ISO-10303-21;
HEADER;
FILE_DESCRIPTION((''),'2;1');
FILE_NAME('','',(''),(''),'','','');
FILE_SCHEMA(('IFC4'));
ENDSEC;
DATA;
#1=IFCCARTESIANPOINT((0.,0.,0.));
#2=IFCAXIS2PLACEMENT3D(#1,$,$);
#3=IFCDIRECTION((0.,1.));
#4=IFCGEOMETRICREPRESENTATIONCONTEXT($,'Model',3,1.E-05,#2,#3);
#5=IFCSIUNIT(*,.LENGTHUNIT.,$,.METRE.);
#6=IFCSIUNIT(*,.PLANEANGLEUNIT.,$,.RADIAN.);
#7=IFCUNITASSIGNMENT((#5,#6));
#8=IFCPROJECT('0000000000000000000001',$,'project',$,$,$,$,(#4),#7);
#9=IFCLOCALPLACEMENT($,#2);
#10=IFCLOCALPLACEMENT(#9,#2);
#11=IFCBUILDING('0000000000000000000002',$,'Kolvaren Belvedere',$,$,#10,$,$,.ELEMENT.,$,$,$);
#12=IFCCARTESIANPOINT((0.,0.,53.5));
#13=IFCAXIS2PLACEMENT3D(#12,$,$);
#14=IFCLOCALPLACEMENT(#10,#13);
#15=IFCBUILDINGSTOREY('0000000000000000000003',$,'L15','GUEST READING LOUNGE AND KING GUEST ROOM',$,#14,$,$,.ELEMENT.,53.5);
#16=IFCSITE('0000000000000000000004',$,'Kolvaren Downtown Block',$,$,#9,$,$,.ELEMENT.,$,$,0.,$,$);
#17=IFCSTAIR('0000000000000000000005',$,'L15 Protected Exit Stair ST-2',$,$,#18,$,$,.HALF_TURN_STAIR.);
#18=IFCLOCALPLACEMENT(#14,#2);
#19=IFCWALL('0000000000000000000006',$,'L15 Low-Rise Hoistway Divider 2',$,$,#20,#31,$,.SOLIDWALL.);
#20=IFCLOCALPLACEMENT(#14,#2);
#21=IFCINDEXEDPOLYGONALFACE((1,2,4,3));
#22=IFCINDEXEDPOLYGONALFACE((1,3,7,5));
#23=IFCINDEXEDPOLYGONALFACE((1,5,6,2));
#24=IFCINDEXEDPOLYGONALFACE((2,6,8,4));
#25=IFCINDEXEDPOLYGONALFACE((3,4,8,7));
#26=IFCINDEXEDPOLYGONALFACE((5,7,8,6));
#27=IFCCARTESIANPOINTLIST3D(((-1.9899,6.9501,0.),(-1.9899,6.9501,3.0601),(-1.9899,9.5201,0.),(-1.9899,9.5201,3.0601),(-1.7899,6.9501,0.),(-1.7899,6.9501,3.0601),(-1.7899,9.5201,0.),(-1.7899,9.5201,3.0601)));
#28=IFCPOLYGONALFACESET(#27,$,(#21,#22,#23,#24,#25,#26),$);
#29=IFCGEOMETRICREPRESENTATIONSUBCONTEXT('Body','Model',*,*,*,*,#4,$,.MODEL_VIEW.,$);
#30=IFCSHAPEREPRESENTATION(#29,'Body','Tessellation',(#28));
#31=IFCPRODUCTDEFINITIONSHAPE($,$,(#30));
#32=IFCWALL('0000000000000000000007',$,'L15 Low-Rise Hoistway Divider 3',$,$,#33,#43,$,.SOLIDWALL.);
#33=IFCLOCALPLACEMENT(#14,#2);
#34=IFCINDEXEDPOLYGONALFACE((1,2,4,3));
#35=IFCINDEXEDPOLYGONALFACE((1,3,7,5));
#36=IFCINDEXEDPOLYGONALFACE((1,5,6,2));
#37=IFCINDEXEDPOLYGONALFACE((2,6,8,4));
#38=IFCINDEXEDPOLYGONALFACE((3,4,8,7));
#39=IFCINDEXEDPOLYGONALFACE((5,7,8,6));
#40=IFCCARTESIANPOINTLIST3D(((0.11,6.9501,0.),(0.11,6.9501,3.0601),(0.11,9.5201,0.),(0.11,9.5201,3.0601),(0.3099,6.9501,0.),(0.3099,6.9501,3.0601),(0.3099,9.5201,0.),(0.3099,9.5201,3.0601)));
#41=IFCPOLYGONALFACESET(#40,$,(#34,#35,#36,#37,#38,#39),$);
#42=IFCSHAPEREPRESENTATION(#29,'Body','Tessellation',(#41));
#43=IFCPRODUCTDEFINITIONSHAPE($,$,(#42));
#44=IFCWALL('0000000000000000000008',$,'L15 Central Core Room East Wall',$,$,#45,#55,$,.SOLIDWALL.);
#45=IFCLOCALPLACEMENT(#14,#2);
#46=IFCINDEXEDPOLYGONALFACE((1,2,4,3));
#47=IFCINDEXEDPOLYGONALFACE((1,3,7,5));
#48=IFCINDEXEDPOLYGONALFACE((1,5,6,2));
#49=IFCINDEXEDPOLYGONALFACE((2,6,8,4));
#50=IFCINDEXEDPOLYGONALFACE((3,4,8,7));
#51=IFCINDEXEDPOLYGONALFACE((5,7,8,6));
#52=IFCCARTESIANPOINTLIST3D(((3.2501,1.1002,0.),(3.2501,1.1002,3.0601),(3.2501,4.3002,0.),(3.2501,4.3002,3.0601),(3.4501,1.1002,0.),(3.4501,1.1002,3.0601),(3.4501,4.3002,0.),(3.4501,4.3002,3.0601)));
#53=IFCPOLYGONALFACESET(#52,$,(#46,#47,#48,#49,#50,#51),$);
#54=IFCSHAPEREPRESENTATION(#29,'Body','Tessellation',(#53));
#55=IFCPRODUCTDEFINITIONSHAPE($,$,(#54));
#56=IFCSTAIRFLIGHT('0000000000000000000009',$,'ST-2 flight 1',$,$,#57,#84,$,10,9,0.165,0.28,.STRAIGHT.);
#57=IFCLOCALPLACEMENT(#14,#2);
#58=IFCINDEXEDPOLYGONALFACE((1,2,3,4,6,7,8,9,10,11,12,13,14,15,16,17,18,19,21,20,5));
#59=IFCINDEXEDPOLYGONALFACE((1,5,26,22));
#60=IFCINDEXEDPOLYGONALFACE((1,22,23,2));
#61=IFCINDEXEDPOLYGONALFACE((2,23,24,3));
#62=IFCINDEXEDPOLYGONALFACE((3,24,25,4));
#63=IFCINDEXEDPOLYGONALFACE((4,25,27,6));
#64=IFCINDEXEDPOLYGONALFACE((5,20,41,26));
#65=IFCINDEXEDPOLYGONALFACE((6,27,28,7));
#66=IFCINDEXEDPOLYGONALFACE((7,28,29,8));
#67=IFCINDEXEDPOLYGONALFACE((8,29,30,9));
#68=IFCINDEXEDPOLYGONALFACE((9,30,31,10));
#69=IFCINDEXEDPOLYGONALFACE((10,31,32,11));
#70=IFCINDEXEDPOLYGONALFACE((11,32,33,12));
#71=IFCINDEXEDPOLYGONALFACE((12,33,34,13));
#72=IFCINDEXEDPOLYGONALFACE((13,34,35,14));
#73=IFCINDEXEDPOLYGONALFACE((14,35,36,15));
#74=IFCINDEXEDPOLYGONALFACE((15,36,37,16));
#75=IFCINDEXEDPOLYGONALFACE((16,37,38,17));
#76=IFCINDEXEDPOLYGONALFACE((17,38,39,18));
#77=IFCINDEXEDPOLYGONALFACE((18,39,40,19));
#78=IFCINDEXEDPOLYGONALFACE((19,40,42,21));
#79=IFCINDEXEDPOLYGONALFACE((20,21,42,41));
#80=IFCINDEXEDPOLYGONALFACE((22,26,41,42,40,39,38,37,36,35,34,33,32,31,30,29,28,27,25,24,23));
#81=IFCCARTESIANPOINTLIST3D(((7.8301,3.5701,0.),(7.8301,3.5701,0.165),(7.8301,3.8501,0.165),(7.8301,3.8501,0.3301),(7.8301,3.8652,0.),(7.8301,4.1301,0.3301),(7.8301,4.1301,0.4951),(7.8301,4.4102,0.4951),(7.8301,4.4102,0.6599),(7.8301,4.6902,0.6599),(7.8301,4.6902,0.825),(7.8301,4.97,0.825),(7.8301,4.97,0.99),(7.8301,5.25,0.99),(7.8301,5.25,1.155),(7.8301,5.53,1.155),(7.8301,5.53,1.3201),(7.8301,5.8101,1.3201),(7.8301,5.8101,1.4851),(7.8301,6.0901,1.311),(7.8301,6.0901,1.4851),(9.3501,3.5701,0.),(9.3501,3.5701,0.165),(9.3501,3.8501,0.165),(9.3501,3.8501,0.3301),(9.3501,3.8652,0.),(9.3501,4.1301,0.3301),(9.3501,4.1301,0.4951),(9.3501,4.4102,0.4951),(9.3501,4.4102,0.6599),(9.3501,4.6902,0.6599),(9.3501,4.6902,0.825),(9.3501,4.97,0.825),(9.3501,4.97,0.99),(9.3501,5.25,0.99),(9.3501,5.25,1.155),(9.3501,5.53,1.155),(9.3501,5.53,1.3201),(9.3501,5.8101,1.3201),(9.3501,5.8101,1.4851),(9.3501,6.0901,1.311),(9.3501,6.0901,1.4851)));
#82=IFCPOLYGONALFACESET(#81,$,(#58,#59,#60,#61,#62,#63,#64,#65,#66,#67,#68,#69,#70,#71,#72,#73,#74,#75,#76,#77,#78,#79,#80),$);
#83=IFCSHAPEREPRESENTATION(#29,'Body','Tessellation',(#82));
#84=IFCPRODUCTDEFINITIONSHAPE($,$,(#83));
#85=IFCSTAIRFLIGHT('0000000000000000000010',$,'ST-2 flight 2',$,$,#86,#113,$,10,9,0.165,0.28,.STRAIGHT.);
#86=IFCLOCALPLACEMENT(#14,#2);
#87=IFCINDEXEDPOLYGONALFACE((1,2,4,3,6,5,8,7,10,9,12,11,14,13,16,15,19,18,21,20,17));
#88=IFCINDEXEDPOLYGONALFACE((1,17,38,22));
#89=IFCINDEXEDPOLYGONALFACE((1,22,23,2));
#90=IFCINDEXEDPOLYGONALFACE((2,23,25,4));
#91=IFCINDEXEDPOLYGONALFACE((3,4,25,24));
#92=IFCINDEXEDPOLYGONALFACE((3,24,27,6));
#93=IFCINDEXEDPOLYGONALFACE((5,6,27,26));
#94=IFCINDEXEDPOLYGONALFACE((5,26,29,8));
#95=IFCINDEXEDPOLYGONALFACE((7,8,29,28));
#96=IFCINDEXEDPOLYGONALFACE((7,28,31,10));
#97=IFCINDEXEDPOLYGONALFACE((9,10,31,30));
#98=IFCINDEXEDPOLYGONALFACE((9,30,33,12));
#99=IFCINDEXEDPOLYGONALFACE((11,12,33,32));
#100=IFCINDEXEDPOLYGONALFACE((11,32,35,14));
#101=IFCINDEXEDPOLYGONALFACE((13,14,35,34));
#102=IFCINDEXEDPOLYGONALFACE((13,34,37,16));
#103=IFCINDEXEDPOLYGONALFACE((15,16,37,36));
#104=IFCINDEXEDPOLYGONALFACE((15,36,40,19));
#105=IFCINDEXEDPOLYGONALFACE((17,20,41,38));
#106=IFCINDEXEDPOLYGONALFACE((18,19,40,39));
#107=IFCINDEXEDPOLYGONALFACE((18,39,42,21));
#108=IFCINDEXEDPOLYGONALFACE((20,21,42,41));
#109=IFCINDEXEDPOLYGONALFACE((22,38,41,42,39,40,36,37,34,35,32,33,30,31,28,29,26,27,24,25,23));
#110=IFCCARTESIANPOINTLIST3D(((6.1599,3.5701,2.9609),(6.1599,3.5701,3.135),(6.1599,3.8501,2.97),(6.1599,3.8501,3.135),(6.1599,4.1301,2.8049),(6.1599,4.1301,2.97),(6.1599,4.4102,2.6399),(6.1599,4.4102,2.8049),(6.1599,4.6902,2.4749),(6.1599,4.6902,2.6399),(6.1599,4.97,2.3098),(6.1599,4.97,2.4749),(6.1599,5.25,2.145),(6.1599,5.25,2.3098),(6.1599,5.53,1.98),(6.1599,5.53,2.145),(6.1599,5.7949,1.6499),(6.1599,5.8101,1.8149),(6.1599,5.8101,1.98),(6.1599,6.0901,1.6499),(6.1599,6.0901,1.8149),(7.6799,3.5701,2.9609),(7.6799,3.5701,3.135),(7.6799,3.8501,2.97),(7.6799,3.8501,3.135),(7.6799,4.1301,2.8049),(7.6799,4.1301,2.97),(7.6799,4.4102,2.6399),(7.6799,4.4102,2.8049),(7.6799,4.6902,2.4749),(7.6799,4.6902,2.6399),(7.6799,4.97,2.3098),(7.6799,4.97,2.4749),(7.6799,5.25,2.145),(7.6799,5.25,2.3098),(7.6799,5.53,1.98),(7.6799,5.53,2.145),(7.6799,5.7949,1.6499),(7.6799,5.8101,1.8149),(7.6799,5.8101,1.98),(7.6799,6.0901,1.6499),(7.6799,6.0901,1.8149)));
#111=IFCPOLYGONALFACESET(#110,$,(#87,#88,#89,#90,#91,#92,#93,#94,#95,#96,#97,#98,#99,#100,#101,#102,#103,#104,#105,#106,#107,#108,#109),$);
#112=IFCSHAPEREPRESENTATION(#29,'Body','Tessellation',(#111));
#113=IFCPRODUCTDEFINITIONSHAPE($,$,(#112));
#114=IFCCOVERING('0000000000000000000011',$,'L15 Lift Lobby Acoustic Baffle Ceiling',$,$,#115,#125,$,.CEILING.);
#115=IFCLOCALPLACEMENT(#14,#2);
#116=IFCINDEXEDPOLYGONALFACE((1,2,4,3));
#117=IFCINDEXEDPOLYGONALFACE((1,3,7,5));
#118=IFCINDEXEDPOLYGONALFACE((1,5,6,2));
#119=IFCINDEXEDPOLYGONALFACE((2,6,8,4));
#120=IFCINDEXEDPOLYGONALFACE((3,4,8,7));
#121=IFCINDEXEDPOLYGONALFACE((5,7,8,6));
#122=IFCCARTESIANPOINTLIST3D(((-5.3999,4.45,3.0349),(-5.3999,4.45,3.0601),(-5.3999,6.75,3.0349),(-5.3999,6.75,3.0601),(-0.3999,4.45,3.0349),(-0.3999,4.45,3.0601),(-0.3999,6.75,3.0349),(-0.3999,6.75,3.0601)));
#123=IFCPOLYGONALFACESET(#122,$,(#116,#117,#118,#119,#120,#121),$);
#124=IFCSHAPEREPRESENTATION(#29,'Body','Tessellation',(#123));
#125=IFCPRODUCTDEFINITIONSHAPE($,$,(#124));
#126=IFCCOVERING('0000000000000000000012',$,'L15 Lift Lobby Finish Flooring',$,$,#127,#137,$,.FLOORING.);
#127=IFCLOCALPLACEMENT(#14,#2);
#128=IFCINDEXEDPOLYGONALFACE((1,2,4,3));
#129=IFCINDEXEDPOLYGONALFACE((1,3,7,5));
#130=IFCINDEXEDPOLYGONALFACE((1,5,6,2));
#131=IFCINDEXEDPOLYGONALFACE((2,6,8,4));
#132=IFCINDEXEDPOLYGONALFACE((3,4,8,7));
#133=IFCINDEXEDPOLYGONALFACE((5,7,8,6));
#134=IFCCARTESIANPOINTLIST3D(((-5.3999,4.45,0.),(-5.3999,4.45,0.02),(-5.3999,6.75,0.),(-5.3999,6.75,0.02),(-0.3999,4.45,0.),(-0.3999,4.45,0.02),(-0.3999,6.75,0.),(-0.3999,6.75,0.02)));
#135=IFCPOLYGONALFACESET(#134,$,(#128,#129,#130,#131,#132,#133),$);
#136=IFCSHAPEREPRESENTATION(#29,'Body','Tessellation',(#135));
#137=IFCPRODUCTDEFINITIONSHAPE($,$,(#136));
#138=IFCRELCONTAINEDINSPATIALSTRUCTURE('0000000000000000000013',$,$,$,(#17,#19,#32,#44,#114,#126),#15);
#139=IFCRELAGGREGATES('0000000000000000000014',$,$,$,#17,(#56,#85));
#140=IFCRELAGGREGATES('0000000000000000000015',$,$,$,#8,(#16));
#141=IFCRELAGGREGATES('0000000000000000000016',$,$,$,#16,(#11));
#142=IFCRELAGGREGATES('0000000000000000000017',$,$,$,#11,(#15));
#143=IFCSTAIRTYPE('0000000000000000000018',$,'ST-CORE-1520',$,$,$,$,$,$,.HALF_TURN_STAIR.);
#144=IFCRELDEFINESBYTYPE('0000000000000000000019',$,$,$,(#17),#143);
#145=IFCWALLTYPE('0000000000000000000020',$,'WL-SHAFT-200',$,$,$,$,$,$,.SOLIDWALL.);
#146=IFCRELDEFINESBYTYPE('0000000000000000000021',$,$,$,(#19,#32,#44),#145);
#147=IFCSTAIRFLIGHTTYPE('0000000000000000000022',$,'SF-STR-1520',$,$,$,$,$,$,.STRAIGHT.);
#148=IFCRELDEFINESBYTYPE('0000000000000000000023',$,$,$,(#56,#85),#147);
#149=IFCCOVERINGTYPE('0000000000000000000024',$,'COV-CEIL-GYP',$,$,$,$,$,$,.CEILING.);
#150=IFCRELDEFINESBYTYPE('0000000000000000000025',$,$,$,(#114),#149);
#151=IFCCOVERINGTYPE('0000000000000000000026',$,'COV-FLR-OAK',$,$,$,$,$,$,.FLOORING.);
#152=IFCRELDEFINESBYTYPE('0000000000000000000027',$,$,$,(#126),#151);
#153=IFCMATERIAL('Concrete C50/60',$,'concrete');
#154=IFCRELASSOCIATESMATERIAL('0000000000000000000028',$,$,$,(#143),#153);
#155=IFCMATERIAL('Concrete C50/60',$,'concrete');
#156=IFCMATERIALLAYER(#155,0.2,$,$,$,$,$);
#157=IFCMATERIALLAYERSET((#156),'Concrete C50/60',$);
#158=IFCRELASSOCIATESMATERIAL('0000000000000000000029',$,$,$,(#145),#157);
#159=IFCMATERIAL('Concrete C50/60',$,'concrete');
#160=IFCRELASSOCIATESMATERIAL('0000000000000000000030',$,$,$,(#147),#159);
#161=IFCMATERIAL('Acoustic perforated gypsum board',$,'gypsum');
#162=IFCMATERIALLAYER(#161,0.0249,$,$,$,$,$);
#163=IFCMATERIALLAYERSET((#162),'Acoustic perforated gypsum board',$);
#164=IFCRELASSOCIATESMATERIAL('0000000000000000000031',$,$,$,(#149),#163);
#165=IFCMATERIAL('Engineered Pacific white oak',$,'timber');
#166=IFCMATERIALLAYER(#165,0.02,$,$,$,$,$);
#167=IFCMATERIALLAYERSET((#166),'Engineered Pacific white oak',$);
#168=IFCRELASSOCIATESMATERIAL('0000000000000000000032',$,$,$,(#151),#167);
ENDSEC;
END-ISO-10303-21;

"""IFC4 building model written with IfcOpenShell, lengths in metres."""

from ifc_helpers import new_model, si_unit, direction, frame, frame_2d, origin, place, context, subcontext, project, spatial, polyline, rectangle, outline, extrude, material, layer, layer_set, type_object, element, aggregate, save


model = new_model("IFC4")

# Units and contexts
model_context = context("Model", 3, precision=1e-05, world=origin(), true_north=direction((0.0, 1.0)))
body_context = subcontext(model_context, "Body", "Model", "MODEL_VIEW")
ifc_project = project(units=[si_unit("LENGTHUNIT", "METRE"), si_unit("PLANEANGLEUNIT", "RADIAN")], contexts=[model_context])

# Site, building, storey
site_placement = place(None, origin())
site = spatial("IfcSite", under=ifc_project, at=site_placement, Name="Kolvaren Downtown Block", CompositionType="ELEMENT", RefElevation=0.0)
building_placement = place(site_placement, origin())
building = spatial("IfcBuilding", under=site, at=building_placement, Name="Kolvaren Belvedere", CompositionType="ELEMENT")
storey_placement = place(building_placement, frame((0.0, 0.0, 53.5)))
storey = spatial("IfcBuildingStorey", under=building, at=storey_placement, Name="L15", Description="GUEST READING LOUNGE AND KING GUEST ROOM", CompositionType="ELEMENT", Elevation=53.5)

# Stair
ifc_material_1 = material(Name="Concrete C50/60", Category="concrete")
stair_type = type_object("IfcStairType", Name="ST-CORE-1520", PredefinedType="HALF_TURN_STAIR", material=ifc_material_1)
stair_1_placement = place(storey_placement, origin())
stair_1 = element("IfcStair", 1, at=stair_1_placement, inside=storey, type_object=stair_type, Name="L15 Protected Exit Stair ST-2", PredefinedType="HALF_TURN_STAIR")

# Shared definitions
ifc_material_2 = material(Name="Concrete C50/60", Category="concrete")
ifc_layer_1 = layer(ifc_material_2, 0.2)
ifc_layer_set_1 = layer_set([ifc_layer_1], Name="Concrete C50/60")
wall_type_1 = type_object("IfcWallType", Name="WL-SHAFT-200", PredefinedType="SOLIDWALL", material=ifc_layer_set_1)

# Walls
for number, where, z_axis, x_axis, name in (
    (2, (-1.8899, 6.95, 0.0), (0.0, 0.0, 1.0), (0.0, 1.0, 0.0), "L15 Low-Rise Hoistway Divider 2"),
    (3, (0.21, 6.95, 0.0), (0.0, 0.0, 1.0), (0.0, 1.0, 0.0), "L15 Low-Rise Hoistway Divider 3"),
):
    element("IfcWall", number, at=place(storey_placement, frame(where, z_axis=z_axis, x_axis=x_axis)), inside=storey, type_object=wall_type_1, Name=name, PredefinedType="SOLIDWALL", context=body_context, shape_type="SweptSolid", body=[
        extrude(rectangle(XDim=2.5701, YDim=0.2, at=frame_2d((1.2852, 0.0))), origin(), (0.0, 0.0, 1.0), 3.0601),
    ])
wall_1_placement = place(storey_placement, frame((3.3501, 1.1001, 0.0), z_axis=(0.0, 0.0, 1.0), x_axis=(0.0, 1.0, 0.0)))
element("IfcWall", 4, at=wall_1_placement, inside=storey, type_object=wall_type_1, Name="L15 Central Core Room East Wall", PredefinedType="SOLIDWALL", context=body_context, shape_type="SweptSolid", body=[
    extrude(rectangle(XDim=3.2, YDim=0.2, at=frame_2d((1.6001, 0.0))), origin(), (0.0, 0.0, 1.0), 3.0601),
])

# Stair flights
ifc_material_3 = material(Name="Concrete C50/60", Category="concrete")
stair_flight_type = type_object("IfcStairFlightType", Name="SF-STR-1520", PredefinedType="STRAIGHT", material=ifc_material_3)
stair_flight_1_placement = place(storey_placement, frame((8.5901, 3.5701, 0.0), z_axis=(0.0, 0.0, 1.0), x_axis=(0.0, 1.0, 0.0)))
stair_flight_1 = element("IfcStairFlight", 5, at=stair_flight_1_placement, type_object=stair_flight_type, Name="ST-2 flight 1", NumberOfRisers=10, NumberOfTreads=9, PredefinedType="STRAIGHT", RiserHeight=0.165, TreadLength=0.28, context=body_context, shape_type="SweptSolid", body=[
    extrude(outline(polyline([(0.0, 0.0), (0.0, 0.165), (0.28, 0.165), (0.28, 0.3301), (0.5601, 0.3301), (0.5601, 0.4951), (0.8401, 0.4951), (0.8401, 0.6599), (1.1201, 0.6599), (1.1201, 0.825), (1.3999, 0.825), (1.3999, 0.99), (1.6799, 0.99), (1.6799, 1.155), (1.96, 1.155), (1.96, 1.3201), (2.24, 1.3201), (2.24, 1.4851), (2.52, 1.4851), (2.52, 1.6499), (2.52, 1.311), (0.2952, 0.0), (0.0, 0.0)])), frame((0.0, 0.76, 0.0), z_axis=(0.0, -1.0, 0.0), x_axis=(1.0, 0.0, 0.0)), (0.0, 0.0, 1.0), 1.52),
])
stair_flight_2_placement = place(storey_placement, frame((6.9199, 6.0901, 1.6499), z_axis=(0.0, 0.0, 1.0), x_axis=(0.0, -1.0, 0.0)))
stair_flight_2 = element("IfcStairFlight", 6, at=stair_flight_2_placement, type_object=stair_flight_type, Name="ST-2 flight 2", NumberOfRisers=10, NumberOfTreads=9, PredefinedType="STRAIGHT", RiserHeight=0.165, TreadLength=0.28, context=body_context, shape_type="SweptSolid", body=[
    extrude(outline(polyline([(0.0, 0.0), (0.0, 0.165), (0.28, 0.165), (0.28, 0.3301), (0.5601, 0.3301), (0.5601, 0.4951), (0.8401, 0.4951), (0.8401, 0.6599), (1.1201, 0.6599), (1.1201, 0.825), (1.3999, 0.825), (1.3999, 0.99), (1.6799, 0.99), (1.6799, 1.155), (1.96, 1.155), (1.96, 1.3201), (2.24, 1.3201), (2.24, 1.4851), (2.52, 1.4851), (2.52, 1.6499), (2.52, 1.311), (0.2952, 0.0), (0.0, 0.0)])), frame((0.0, 0.76, 0.0), z_axis=(0.0, -1.0, 0.0), x_axis=(1.0, 0.0, 0.0)), (0.0, 0.0, 1.0), 1.52),
])
aggregate(stair_1, [stair_flight_1, stair_flight_2])

# Coverings
ifc_material_4 = material(Name="Acoustic perforated gypsum board", Category="gypsum")
ifc_layer_2 = layer(ifc_material_4, 0.0249)
ifc_layer_set_2 = layer_set([ifc_layer_2], Name="Acoustic perforated gypsum board")
covering_type_1 = type_object("IfcCoveringType", Name="COV-CEIL-GYP", PredefinedType="CEILING", material=ifc_layer_set_2)
covering_1_placement = place(storey_placement, frame((0.0, 0.0, 3.0349)))
element("IfcCovering", 7, at=covering_1_placement, inside=storey, type_object=covering_type_1, Name="L15 Lift Lobby Acoustic Baffle Ceiling", PredefinedType="CEILING", context=body_context, shape_type="SweptSolid", body=[
    extrude(outline(polyline([(-5.3999, 4.45), (-0.3999, 4.45), (-0.3999, 6.75), (-5.3999, 6.75), (-5.3999, 4.45)])), origin(), (0.0, 0.0, 1.0), 0.0251),
])
ifc_material_5 = material(Name="Engineered Pacific white oak", Category="timber")
ifc_layer_3 = layer(ifc_material_5, 0.02)
ifc_layer_set_3 = layer_set([ifc_layer_3], Name="Engineered Pacific white oak")
covering_type_2 = type_object("IfcCoveringType", Name="COV-FLR-OAK", PredefinedType="FLOORING", material=ifc_layer_set_3)
covering_2_placement = place(storey_placement, origin())
element("IfcCovering", 8, at=covering_2_placement, inside=storey, type_object=covering_type_2, Name="L15 Lift Lobby Finish Flooring", PredefinedType="FLOORING", context=body_context, shape_type="SweptSolid", body=[
    extrude(outline(polyline([(-5.3999, 4.45), (-0.3999, 4.45), (-0.3999, 6.75), (-5.3999, 6.75), (-5.3999, 4.45)])), origin(), (0.0, 0.0, 1.0), 0.02),
])

save(model, "model.ifc")
